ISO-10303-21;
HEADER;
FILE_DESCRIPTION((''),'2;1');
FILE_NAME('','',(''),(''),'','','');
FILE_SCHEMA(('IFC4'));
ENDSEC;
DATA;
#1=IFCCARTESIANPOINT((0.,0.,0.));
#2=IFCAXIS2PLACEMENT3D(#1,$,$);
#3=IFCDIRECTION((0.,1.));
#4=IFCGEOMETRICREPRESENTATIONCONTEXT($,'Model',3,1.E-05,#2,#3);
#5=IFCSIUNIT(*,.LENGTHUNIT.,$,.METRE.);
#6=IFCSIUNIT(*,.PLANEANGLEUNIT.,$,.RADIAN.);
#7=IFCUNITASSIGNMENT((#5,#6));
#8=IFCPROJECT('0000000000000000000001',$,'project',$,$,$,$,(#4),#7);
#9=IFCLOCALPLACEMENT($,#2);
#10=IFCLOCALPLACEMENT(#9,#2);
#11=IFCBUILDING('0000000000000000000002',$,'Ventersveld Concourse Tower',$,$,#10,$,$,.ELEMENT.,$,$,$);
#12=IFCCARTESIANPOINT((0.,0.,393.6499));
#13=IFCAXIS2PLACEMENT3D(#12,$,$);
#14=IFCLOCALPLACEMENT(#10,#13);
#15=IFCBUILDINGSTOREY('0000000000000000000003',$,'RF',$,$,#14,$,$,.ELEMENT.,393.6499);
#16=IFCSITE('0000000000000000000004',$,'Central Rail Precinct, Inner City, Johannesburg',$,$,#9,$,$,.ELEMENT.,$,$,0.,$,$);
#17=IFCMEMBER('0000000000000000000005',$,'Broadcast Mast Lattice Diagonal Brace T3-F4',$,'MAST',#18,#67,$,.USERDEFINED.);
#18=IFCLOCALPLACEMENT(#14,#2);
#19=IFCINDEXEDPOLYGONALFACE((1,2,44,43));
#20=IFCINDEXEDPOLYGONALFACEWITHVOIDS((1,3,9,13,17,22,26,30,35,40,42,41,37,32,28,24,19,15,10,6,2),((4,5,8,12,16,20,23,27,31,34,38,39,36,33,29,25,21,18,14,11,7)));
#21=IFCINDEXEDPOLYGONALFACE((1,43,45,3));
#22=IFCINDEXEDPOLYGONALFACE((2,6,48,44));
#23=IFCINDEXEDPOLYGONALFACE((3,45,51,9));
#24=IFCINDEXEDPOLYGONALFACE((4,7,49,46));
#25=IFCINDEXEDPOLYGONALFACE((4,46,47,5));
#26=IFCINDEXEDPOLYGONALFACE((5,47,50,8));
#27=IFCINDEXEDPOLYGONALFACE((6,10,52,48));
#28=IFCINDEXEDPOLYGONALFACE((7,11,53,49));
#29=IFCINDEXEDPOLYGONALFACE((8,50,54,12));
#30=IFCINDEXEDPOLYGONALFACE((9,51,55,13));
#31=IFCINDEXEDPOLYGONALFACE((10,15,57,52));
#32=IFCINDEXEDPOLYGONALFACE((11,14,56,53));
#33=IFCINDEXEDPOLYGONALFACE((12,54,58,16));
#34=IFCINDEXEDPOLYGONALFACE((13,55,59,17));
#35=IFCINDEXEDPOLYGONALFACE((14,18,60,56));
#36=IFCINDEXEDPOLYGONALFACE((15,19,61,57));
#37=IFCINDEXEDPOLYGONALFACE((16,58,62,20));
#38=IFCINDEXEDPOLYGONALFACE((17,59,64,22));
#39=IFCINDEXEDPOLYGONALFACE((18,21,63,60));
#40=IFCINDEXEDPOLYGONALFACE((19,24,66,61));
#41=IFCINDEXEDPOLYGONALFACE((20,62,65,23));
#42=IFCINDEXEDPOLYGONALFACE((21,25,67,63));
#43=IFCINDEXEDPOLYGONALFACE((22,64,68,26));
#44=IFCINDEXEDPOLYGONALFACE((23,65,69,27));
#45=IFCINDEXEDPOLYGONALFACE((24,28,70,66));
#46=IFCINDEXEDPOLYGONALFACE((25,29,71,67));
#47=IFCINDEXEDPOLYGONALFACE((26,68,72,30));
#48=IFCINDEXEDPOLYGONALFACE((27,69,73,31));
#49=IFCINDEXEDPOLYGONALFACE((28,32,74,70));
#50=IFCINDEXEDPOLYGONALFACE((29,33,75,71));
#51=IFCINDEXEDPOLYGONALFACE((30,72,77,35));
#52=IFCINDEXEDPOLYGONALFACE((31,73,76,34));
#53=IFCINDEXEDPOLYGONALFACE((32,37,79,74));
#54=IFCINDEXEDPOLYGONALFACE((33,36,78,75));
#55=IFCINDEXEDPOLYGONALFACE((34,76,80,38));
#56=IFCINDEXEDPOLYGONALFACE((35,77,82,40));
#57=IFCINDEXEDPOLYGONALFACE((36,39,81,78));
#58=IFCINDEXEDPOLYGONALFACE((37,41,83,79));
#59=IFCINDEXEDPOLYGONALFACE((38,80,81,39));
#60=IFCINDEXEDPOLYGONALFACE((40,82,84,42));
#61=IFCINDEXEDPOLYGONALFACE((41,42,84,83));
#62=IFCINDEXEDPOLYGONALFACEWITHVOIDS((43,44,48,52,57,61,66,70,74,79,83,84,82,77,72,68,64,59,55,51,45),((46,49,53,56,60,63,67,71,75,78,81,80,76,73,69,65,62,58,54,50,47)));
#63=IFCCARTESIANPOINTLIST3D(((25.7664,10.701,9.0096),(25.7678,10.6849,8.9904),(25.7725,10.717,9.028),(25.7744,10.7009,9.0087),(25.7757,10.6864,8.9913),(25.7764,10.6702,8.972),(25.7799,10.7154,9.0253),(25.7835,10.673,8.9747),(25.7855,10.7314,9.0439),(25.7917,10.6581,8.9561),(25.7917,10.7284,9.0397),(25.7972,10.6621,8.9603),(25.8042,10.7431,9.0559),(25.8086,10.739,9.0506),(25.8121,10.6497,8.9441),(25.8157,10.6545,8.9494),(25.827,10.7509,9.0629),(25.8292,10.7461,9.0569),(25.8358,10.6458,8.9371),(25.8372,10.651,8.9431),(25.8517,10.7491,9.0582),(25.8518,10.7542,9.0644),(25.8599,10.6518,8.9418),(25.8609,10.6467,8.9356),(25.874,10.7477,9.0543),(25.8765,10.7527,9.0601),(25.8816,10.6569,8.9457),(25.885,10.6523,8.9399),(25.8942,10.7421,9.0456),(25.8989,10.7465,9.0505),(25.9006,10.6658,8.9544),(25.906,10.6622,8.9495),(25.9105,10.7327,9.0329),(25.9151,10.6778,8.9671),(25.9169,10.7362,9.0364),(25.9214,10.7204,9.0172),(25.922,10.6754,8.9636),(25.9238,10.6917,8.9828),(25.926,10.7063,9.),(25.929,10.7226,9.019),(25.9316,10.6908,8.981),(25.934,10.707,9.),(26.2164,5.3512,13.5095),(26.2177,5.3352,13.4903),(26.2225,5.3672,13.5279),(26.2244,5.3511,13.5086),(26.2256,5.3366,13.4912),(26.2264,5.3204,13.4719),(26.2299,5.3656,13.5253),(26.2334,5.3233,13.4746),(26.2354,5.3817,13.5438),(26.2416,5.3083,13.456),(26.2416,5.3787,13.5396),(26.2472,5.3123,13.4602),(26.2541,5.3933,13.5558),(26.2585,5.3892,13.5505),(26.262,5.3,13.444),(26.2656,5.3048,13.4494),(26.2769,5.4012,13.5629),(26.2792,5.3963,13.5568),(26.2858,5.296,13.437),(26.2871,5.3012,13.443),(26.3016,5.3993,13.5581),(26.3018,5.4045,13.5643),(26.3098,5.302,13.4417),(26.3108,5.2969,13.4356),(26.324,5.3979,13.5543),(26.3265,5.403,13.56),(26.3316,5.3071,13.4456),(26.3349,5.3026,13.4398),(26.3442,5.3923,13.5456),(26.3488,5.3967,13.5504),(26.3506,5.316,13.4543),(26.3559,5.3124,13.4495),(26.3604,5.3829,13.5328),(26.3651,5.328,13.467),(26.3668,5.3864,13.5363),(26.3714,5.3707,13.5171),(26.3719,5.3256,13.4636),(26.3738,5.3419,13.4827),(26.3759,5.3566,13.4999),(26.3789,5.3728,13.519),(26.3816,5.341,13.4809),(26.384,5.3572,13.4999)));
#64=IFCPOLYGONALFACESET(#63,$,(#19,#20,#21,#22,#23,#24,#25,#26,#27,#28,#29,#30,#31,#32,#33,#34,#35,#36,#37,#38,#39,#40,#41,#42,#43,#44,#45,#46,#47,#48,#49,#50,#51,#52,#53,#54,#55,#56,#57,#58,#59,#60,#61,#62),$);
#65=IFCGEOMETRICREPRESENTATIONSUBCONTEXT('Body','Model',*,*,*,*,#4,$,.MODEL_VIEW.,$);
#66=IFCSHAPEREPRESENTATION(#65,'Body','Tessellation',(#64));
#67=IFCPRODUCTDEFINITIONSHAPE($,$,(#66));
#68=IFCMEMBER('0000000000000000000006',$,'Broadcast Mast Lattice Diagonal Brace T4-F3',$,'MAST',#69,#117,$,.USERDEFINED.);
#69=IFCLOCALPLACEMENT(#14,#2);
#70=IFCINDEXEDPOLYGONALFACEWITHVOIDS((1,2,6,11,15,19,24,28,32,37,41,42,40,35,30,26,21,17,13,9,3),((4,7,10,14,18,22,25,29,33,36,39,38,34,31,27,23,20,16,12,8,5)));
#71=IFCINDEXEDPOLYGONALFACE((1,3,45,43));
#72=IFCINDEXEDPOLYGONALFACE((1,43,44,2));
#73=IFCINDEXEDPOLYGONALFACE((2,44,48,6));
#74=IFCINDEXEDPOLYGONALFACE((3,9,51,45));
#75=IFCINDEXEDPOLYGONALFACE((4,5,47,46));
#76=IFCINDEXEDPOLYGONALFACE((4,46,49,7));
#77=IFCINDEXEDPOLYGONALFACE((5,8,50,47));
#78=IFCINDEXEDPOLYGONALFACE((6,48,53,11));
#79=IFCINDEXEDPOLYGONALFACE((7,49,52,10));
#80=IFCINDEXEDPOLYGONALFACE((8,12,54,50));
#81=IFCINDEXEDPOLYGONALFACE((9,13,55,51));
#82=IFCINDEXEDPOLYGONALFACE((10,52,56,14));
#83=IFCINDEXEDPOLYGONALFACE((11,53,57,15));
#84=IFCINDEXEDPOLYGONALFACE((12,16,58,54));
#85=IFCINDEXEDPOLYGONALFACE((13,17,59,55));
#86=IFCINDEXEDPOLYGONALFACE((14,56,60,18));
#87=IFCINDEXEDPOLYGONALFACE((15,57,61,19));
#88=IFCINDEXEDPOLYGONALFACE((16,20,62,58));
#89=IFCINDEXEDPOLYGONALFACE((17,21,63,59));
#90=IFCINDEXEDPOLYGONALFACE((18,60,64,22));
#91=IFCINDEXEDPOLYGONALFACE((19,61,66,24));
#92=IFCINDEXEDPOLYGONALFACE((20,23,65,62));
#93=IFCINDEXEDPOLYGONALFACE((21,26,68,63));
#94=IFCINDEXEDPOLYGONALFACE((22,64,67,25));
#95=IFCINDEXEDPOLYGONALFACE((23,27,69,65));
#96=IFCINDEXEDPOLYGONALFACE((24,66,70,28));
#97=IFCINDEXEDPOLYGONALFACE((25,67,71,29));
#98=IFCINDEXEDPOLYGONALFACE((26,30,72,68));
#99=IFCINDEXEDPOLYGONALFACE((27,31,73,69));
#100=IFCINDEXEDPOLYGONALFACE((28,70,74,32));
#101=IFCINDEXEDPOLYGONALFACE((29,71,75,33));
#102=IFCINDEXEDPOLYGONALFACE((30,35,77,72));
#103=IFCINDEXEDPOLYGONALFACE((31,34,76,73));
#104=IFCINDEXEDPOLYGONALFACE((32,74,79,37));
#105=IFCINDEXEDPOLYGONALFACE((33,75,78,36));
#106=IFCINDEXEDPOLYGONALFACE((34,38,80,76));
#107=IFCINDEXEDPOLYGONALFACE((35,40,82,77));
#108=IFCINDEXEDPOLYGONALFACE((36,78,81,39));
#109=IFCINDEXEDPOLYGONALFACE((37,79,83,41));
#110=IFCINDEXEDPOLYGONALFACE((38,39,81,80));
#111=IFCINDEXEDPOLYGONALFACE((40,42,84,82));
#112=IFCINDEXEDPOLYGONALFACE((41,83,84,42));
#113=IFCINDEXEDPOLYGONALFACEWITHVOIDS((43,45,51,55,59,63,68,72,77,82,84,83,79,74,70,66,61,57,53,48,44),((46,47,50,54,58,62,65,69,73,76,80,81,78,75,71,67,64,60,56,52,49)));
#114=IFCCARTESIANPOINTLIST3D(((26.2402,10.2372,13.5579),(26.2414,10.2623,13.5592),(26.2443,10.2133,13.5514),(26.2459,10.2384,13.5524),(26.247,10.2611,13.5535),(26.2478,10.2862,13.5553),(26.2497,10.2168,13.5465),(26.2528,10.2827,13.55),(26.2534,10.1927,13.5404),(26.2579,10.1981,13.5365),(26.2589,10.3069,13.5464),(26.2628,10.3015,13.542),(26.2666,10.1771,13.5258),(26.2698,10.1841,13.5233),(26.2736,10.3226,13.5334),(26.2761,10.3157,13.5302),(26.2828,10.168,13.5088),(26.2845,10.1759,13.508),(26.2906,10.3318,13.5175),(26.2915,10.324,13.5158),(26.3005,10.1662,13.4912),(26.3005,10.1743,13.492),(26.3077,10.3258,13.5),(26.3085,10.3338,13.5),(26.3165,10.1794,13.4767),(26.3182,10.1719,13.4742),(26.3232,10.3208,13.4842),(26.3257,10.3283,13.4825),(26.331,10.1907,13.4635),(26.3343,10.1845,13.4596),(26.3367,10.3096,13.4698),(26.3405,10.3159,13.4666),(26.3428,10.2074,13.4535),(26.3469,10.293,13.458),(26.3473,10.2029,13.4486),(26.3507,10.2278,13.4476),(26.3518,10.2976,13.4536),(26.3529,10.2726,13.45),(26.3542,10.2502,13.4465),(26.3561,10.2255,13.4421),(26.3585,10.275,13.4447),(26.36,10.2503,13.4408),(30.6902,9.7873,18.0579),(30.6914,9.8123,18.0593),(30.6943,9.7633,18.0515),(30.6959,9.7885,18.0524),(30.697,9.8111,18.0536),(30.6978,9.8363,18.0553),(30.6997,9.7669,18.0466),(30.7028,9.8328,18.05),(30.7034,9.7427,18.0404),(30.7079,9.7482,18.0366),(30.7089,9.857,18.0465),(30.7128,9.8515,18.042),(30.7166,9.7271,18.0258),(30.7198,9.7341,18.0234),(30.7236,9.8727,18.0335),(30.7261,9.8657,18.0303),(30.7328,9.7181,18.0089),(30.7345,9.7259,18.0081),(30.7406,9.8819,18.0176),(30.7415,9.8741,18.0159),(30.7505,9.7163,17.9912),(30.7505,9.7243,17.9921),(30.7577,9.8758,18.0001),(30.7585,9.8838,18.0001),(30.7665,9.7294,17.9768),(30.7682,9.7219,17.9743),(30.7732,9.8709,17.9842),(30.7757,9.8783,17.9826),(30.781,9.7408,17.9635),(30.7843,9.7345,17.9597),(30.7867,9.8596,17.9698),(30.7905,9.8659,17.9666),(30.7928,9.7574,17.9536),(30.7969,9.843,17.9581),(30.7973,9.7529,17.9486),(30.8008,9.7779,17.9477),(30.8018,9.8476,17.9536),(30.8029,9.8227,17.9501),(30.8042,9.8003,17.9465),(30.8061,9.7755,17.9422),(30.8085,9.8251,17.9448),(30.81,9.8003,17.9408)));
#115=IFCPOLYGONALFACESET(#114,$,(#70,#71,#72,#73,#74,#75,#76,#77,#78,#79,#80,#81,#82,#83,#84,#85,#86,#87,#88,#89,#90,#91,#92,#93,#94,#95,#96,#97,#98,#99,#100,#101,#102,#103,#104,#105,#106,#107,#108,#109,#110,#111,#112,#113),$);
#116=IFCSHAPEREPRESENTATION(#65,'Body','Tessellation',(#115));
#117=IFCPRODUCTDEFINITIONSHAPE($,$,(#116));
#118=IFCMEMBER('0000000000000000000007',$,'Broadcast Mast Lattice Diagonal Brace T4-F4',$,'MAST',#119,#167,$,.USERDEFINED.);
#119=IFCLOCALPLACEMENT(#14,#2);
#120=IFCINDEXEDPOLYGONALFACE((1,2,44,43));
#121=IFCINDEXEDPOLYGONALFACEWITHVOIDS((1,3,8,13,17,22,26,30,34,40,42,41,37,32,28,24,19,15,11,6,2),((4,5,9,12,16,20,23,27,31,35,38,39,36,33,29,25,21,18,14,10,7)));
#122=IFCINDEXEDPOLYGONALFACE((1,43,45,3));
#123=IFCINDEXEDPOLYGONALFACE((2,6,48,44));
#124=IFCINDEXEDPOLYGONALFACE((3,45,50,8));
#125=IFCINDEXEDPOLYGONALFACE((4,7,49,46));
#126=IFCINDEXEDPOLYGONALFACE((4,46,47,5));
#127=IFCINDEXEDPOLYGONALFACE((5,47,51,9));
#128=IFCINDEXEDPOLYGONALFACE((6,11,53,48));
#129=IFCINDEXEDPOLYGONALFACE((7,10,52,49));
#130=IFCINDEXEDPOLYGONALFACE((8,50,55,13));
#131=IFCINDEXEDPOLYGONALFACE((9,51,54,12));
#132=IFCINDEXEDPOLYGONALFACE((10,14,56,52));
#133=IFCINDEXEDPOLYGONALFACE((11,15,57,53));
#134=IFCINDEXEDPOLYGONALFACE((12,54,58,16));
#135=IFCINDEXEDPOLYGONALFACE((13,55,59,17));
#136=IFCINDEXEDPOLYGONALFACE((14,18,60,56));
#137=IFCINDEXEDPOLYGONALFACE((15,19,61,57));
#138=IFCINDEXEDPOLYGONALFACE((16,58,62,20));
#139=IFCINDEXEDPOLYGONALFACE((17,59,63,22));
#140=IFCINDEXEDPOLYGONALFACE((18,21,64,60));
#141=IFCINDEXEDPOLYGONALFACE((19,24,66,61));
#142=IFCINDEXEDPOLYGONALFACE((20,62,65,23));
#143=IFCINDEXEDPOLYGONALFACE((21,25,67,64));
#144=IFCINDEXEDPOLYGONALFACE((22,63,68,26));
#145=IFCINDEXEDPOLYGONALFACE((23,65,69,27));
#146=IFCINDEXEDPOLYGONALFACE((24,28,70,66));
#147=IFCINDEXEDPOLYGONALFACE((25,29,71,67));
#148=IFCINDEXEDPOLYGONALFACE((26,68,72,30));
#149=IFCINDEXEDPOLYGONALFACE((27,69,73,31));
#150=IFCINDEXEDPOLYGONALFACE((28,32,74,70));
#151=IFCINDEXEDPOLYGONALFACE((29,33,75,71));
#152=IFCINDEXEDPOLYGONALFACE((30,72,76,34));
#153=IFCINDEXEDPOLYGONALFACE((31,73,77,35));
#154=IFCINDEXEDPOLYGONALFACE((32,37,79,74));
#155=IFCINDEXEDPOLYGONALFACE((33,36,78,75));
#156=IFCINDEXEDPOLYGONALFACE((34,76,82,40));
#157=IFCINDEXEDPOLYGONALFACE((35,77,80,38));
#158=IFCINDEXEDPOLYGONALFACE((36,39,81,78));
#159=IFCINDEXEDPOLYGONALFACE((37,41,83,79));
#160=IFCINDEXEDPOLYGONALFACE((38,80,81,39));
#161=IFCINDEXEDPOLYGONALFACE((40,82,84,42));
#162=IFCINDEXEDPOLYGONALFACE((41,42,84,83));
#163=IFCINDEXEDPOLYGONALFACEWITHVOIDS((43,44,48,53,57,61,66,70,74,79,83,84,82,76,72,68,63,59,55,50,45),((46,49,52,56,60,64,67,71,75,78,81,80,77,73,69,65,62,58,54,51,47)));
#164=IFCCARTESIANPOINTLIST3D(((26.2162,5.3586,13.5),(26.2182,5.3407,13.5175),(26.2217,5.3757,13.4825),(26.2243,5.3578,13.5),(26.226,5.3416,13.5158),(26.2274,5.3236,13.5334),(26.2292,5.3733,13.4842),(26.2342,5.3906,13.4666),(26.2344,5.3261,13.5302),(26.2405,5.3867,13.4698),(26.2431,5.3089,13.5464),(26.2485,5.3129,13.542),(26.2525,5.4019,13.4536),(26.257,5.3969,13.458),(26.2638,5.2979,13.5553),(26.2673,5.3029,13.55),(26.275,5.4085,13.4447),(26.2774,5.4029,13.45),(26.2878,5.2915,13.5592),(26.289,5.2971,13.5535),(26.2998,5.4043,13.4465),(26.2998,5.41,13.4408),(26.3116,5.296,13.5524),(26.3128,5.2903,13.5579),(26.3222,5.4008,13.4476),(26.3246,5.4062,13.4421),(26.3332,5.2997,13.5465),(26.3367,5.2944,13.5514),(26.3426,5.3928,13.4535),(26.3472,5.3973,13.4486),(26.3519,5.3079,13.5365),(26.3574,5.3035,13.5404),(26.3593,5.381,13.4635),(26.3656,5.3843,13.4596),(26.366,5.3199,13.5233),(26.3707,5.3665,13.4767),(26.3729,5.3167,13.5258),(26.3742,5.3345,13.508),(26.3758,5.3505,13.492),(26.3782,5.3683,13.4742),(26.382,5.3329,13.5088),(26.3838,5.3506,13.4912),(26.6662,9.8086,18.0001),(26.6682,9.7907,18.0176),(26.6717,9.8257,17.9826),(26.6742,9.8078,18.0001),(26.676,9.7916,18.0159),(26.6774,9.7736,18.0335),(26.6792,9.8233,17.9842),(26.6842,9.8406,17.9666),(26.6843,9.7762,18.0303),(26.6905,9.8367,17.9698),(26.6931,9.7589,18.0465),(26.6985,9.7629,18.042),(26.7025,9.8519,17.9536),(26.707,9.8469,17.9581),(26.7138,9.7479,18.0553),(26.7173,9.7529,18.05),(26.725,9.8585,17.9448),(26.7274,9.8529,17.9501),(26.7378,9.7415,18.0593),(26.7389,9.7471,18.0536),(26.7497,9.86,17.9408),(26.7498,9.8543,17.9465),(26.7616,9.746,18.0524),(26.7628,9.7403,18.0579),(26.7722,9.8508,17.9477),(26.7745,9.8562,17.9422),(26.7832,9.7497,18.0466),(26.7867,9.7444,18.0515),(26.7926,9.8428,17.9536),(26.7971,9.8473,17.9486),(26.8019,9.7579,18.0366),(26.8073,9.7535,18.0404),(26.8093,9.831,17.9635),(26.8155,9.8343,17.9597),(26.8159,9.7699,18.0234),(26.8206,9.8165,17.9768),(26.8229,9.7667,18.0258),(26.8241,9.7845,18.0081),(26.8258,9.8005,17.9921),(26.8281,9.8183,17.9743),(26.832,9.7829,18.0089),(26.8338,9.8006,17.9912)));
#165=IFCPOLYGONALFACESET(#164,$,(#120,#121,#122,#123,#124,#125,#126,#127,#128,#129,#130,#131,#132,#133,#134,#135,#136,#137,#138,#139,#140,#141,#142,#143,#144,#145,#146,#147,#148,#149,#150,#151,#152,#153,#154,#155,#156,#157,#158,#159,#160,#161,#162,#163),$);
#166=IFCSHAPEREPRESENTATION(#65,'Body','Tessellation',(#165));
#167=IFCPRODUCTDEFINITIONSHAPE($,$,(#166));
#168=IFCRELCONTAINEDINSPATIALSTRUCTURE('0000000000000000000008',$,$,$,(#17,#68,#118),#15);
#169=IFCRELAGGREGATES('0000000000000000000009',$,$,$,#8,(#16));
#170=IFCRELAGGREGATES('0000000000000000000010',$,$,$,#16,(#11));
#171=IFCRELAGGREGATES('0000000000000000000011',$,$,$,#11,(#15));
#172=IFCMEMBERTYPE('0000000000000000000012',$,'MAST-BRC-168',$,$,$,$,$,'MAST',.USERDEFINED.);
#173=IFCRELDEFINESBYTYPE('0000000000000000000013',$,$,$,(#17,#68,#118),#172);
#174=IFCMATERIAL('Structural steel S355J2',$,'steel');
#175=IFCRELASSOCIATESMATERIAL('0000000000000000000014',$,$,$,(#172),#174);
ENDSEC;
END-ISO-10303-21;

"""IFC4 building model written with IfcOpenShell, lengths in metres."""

from ifc_helpers import new_model, si_unit, direction, frame, origin, origin_2d, place, context, subcontext, project, spatial, hollow_circle, extrude, material, material_profile, profile_set, type_object, element, save


model = new_model("IFC4")

# Units and contexts
model_context = context("Model", 3, precision=1e-05, world=origin(), true_north=direction((0.0, 1.0)))
body_context = subcontext(model_context, "Body", "Model", "MODEL_VIEW")
ifc_project = project(units=[si_unit("LENGTHUNIT", "METRE"), si_unit("PLANEANGLEUNIT", "RADIAN")], contexts=[model_context])

# Site, building, storey
site_placement = place(None, origin())
site = spatial("IfcSite", under=ifc_project, at=site_placement, Name="Central Rail Precinct, Inner City, Johannesburg", CompositionType="ELEMENT", RefElevation=0.0)
building_placement = place(site_placement, origin())
building = spatial("IfcBuilding", under=site, at=building_placement, Name="Ventersveld Concourse Tower", CompositionType="ELEMENT")
storey_placement = place(building_placement, frame((0.0, 0.0, 393.6499)))
storey = spatial("IfcBuildingStorey", under=building, at=storey_placement, Name="RF", CompositionType="ELEMENT", Elevation=393.6499)

# Members
ifc_material = material(Name="Structural steel S355J2", Category="steel")
ifc_material_profile_1 = material_profile(ifc_material, hollow_circle(Radius=0.0842, WallThickness=0.0081, at=origin_2d()), Name="CHS 168.3x8")
ifc_profile_set_1 = profile_set([ifc_material_profile_1], Name="Structural steel S355J2")
member_type_1 = type_object("IfcMemberType", Name="MAST-BRC-168", ElementType="MAST", PredefinedType="USERDEFINED", material=ifc_profile_set_1)
member_1_placement = place(storey_placement, frame((25.8501, 10.7, 9.0), z_axis=(0.064231, -0.763693, 0.642376), x_axis=(0.996482, 0.083809, 0.0)))
element("IfcMember", 1, at=member_1_placement, inside=storey, type_object=member_type_1, Name="Broadcast Mast Lattice Diagonal Brace T3-F4", ObjectType="MAST", PredefinedType="USERDEFINED", context=body_context, shape_type="SweptSolid", body=[
    extrude(hollow_circle(Radius=0.0842, WallThickness=0.0081, at=origin_2d()), origin(), (0.0, 0.0, 1.0), 7.0051),
])
for number, where, z_axis, x_axis, name in (
    (2, (26.3, 10.25, 13.5), (0.701371, -0.070918, 0.70926), (0.100601, 0.994927, 0.0), "Broadcast Mast Lattice Diagonal Brace T4-F3"),
    (3, (26.3, 5.3501, 13.5), (0.070918, 0.701371, 0.70926), (-0.994927, 0.100601, 0.0), "Broadcast Mast Lattice Diagonal Brace T4-F4"),
):
    element("IfcMember", number, at=place(storey_placement, frame(where, z_axis=z_axis, x_axis=x_axis)), inside=storey, type_object=member_type_1, Name=name, ObjectType="MAST", PredefinedType="USERDEFINED", context=body_context, shape_type="SweptSolid", body=[
        extrude(hollow_circle(Radius=0.0842, WallThickness=0.0081, at=origin_2d()), origin(), (0.0, 0.0, 1.0), 6.3447),
    ])

save(model, "model.ifc")
